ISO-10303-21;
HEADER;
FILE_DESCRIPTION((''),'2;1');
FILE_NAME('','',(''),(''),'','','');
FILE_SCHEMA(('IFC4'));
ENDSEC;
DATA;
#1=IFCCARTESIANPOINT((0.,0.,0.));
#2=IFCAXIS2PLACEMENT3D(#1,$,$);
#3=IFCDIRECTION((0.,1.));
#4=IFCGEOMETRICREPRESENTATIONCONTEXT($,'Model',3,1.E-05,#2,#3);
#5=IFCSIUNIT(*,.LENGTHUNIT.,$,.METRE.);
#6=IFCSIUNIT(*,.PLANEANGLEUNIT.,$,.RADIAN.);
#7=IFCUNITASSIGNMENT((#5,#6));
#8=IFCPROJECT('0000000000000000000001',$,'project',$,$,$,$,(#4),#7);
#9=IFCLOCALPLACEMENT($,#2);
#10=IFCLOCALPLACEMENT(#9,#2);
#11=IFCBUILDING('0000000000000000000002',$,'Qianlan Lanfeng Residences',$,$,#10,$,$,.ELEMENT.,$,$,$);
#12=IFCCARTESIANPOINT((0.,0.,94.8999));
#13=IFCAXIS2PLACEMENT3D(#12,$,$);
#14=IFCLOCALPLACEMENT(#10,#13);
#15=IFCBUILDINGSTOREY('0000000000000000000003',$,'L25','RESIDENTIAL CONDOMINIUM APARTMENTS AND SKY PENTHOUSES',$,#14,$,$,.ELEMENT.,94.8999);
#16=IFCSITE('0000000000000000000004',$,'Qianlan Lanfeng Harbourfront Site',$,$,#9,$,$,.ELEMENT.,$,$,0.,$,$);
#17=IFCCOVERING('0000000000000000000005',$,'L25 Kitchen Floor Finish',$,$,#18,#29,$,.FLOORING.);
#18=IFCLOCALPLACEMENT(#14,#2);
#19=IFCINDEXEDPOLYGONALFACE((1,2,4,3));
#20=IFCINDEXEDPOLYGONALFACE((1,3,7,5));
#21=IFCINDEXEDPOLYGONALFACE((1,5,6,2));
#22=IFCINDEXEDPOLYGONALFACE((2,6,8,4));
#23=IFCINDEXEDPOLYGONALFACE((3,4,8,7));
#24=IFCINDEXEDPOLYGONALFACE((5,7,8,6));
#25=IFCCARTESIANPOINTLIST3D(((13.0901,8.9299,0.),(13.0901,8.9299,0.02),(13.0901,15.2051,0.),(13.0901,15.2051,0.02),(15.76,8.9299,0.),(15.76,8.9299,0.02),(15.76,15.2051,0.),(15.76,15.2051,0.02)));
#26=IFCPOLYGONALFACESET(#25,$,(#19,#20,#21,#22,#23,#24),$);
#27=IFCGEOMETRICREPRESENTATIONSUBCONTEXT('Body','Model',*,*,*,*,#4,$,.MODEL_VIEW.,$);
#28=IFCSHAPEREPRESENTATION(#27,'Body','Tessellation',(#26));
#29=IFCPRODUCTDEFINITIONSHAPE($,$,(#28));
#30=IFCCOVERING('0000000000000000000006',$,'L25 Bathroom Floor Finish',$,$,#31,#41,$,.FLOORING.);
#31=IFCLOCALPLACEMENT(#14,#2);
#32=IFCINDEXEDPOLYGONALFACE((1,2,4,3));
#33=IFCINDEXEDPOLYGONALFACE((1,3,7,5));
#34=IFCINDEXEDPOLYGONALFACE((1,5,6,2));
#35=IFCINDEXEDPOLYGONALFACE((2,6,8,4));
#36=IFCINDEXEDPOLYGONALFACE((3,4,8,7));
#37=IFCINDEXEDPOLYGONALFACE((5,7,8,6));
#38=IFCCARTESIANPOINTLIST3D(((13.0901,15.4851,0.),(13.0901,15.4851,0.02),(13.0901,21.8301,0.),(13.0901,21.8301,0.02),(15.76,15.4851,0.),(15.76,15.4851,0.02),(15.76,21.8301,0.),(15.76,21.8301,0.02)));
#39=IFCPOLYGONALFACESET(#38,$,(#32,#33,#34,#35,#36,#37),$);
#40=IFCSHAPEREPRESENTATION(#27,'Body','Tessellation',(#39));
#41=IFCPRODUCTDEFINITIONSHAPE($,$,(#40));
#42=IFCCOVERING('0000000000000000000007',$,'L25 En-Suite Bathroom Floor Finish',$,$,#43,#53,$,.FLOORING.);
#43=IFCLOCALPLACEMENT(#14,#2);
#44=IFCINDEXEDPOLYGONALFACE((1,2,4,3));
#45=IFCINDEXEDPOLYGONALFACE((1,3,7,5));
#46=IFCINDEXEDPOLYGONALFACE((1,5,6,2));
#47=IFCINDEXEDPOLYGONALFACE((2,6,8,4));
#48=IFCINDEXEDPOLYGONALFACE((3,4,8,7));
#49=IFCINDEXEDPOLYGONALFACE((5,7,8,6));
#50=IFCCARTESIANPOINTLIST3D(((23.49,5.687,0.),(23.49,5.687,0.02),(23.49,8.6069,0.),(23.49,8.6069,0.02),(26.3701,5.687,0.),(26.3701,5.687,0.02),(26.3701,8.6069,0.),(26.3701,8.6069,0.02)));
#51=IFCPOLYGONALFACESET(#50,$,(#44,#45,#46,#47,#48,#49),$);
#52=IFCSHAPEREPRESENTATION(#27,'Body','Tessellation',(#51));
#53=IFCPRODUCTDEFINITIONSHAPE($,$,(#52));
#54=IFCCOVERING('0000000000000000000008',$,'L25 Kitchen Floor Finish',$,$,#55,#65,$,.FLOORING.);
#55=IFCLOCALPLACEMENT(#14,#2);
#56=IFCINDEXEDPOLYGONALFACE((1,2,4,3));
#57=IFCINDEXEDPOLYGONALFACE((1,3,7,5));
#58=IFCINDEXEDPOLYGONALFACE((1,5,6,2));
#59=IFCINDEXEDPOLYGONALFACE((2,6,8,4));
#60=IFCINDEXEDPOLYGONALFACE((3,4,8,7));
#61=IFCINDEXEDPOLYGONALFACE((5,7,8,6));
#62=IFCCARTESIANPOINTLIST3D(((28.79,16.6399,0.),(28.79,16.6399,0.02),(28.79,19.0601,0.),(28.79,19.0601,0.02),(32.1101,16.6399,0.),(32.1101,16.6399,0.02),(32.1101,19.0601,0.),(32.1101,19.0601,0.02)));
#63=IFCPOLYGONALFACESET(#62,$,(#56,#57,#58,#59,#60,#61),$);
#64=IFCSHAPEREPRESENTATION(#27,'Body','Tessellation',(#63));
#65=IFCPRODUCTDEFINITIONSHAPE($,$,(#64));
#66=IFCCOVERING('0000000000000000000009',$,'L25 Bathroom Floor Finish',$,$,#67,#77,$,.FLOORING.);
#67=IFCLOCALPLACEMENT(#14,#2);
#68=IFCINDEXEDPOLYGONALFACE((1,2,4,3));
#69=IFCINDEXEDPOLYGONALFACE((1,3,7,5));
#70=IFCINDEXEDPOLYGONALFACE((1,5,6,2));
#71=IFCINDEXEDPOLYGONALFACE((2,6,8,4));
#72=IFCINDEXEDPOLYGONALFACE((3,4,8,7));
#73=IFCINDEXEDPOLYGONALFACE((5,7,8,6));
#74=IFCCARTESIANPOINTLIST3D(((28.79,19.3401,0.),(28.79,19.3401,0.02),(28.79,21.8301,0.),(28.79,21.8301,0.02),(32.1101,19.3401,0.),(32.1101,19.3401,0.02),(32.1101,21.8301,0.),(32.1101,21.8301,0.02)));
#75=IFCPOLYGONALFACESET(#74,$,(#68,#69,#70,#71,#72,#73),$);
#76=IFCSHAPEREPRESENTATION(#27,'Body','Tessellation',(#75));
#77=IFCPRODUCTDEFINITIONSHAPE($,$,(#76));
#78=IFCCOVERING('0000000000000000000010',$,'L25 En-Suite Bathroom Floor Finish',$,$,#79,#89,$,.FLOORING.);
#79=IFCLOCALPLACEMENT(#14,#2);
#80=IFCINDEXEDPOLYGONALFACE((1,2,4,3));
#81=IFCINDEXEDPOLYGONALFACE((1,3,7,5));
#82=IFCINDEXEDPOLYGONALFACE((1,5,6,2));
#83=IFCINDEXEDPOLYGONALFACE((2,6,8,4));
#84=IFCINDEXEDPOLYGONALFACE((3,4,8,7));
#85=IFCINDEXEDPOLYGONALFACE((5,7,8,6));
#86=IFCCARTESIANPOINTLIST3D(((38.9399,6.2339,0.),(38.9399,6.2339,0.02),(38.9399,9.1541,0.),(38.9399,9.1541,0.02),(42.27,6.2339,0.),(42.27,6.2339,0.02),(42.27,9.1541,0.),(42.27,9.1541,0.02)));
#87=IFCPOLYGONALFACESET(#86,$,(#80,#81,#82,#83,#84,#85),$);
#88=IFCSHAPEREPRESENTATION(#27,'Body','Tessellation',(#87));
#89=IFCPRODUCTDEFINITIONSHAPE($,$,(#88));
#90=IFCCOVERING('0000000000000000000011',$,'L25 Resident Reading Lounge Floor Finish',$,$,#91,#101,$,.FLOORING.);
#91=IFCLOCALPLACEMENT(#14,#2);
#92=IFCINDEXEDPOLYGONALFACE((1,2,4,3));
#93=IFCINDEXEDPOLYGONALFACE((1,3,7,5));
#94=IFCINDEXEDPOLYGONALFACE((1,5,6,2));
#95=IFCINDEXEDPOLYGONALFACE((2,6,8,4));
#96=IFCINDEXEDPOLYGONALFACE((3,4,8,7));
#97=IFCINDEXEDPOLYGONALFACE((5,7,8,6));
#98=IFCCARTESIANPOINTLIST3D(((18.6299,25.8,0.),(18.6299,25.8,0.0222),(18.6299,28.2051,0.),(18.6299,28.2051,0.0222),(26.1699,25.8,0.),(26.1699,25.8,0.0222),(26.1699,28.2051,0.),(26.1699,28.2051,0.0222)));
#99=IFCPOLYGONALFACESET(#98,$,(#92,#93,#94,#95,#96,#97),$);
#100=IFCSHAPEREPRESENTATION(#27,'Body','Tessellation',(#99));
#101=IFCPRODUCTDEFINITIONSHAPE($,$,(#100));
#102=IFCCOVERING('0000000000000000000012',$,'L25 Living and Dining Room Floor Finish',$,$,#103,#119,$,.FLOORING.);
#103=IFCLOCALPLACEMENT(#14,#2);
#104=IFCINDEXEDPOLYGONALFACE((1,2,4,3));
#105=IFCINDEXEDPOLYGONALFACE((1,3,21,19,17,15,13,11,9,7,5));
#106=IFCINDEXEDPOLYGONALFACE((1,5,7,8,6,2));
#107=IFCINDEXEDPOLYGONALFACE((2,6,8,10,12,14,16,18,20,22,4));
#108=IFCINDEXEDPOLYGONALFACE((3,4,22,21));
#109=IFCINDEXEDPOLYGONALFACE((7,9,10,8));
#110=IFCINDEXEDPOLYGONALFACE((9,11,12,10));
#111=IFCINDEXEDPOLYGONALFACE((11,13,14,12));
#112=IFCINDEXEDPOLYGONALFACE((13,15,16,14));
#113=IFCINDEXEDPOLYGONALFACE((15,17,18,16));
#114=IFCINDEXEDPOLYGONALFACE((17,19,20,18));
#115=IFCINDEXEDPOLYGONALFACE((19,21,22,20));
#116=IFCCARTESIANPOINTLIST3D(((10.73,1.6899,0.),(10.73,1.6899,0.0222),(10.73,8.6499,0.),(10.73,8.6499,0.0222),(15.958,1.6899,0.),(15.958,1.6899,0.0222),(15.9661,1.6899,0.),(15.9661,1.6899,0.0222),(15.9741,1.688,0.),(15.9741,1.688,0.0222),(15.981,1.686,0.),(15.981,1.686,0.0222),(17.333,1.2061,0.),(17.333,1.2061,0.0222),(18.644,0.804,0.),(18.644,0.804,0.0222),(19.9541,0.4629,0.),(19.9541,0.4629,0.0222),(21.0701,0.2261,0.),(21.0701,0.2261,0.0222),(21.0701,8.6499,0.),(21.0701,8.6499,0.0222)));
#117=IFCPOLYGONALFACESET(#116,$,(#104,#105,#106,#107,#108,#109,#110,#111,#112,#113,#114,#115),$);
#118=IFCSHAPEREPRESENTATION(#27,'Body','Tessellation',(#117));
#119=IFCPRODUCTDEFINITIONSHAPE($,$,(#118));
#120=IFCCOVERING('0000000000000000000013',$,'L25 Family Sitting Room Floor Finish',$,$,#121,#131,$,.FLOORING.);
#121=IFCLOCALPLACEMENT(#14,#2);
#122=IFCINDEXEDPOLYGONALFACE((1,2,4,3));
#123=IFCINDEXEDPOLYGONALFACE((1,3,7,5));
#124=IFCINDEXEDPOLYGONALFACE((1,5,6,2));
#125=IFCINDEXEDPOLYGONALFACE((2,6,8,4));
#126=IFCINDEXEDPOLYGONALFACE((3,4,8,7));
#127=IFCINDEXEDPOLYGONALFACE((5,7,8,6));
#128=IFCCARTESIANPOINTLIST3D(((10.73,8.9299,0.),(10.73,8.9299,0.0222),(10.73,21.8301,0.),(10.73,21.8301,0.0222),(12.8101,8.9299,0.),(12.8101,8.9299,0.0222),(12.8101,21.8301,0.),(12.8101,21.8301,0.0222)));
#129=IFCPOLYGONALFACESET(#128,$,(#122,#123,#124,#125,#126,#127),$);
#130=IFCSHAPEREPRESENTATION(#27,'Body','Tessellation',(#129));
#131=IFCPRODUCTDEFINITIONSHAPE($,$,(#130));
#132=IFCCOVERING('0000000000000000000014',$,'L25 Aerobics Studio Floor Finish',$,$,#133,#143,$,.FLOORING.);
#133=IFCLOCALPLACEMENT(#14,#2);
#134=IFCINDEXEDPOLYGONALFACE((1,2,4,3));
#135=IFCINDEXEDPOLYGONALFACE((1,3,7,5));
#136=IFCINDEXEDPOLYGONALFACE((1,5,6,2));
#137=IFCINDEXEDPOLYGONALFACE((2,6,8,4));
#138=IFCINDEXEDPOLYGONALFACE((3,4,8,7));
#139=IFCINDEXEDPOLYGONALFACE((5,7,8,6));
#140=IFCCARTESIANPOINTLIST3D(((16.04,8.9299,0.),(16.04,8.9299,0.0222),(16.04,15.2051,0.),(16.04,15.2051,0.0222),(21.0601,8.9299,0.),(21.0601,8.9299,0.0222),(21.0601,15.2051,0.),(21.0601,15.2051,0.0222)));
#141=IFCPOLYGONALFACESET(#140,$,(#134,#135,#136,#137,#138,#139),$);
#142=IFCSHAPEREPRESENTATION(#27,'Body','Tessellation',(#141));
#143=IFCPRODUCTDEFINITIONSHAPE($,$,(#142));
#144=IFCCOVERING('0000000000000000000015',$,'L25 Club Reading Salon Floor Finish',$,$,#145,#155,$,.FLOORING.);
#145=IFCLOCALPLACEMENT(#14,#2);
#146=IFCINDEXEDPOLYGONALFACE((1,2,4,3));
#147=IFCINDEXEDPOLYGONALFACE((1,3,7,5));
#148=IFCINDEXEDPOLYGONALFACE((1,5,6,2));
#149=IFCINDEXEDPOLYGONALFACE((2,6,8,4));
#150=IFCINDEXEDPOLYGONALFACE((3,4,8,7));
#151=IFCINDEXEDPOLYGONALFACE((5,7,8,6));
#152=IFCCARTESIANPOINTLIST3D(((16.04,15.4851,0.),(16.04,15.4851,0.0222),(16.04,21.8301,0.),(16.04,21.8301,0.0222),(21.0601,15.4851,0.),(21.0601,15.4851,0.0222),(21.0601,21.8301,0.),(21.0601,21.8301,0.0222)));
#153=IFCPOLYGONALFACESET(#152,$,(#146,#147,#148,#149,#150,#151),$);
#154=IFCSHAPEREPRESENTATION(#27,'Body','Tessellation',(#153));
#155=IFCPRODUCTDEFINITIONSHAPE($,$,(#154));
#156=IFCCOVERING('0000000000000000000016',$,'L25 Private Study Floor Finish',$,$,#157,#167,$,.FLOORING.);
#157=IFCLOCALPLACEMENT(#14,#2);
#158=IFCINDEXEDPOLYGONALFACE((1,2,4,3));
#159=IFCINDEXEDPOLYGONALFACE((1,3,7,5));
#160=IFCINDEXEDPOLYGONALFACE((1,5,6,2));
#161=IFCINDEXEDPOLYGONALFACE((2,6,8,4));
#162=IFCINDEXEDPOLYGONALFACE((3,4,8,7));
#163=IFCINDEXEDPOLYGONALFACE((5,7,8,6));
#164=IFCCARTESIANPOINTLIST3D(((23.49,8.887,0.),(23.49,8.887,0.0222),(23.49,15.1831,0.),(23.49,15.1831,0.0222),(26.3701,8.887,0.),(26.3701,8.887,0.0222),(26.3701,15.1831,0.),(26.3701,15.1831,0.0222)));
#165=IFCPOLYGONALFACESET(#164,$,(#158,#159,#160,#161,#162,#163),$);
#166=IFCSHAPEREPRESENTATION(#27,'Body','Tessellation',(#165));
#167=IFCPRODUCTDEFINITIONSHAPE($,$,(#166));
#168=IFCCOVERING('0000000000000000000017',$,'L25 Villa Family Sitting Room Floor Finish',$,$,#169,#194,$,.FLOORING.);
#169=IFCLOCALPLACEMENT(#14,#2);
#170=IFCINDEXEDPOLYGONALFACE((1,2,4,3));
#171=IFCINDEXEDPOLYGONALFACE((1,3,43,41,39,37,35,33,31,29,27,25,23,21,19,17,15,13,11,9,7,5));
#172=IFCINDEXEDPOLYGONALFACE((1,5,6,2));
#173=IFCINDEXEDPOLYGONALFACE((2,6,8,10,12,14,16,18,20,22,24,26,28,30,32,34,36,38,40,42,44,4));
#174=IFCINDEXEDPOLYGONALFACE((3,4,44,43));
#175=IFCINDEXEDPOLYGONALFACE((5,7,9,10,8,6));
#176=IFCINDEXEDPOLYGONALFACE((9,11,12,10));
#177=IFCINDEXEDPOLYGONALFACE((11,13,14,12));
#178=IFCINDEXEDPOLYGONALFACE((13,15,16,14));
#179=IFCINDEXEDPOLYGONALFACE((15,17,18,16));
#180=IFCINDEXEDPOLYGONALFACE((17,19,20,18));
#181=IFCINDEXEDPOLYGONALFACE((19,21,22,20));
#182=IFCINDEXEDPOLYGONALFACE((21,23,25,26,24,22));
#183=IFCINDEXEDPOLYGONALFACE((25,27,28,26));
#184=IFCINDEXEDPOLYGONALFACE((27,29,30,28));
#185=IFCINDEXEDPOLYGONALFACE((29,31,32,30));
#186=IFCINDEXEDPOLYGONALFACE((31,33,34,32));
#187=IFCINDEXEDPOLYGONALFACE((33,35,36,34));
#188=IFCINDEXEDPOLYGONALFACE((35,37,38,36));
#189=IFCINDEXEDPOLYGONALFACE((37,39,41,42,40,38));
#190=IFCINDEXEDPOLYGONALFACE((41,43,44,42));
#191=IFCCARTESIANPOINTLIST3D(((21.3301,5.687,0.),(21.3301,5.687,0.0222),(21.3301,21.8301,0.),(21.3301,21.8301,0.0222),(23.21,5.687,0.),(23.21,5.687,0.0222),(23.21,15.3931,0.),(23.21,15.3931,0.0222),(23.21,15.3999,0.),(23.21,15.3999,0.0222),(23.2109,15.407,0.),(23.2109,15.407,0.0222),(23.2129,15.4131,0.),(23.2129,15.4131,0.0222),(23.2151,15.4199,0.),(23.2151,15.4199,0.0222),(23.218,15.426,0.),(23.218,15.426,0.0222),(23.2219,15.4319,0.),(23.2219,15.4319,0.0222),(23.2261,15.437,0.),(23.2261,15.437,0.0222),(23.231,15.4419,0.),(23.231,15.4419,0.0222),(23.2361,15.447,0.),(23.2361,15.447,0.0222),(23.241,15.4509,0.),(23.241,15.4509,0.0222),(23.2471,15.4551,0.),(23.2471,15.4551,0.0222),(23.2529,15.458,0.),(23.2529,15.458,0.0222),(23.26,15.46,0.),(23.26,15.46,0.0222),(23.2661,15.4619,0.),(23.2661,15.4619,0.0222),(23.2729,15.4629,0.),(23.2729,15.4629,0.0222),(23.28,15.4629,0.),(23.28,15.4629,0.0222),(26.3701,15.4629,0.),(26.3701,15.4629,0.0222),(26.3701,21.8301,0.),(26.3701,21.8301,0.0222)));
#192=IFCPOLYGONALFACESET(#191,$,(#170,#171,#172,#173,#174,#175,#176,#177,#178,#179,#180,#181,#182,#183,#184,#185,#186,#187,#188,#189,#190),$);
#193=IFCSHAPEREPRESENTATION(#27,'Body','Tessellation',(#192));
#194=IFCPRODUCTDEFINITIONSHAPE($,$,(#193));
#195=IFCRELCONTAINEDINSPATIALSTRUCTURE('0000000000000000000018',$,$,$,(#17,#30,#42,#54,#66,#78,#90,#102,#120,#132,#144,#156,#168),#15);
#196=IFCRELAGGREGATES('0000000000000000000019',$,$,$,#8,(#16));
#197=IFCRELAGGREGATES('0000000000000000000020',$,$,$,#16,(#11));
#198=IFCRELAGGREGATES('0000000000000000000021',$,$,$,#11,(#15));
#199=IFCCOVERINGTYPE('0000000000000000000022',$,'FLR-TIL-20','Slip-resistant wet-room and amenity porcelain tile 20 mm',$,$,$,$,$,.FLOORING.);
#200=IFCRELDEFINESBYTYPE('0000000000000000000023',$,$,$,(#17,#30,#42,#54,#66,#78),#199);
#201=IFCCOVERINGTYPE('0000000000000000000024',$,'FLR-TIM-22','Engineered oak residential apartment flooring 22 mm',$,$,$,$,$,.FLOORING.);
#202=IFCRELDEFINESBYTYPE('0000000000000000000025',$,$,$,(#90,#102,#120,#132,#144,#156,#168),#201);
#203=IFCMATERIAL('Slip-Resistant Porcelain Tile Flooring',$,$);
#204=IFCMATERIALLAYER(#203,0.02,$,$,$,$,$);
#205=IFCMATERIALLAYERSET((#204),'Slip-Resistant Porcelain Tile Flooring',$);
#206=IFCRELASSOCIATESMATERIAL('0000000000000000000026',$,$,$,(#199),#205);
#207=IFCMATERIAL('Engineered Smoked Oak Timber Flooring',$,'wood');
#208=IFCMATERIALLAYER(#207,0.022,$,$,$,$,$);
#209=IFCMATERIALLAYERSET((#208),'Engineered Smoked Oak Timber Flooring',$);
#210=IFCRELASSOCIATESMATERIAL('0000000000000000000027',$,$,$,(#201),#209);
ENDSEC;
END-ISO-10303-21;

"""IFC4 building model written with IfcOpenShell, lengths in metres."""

from ifc_helpers import new_model, si_unit, direction, frame, origin, place, context, subcontext, project, spatial, polyline, outline, extrude, material, layer, layer_set, type_object, element, save


model = new_model("IFC4")

# Units and contexts
model_context = context("Model", 3, precision=1e-05, world=origin(), true_north=direction((0.0, 1.0)))
body_context = subcontext(model_context, "Body", "Model", "MODEL_VIEW")
ifc_project = project(units=[si_unit("LENGTHUNIT", "METRE"), si_unit("PLANEANGLEUNIT", "RADIAN")], contexts=[model_context])

# Site, building, storey
site_placement = place(None, origin())
site = spatial("IfcSite", under=ifc_project, at=site_placement, Name="Qianlan Lanfeng Harbourfront Site", CompositionType="ELEMENT", RefElevation=0.0)
building_placement = place(site_placement, origin())
building = spatial("IfcBuilding", under=site, at=building_placement, Name="Qianlan Lanfeng Residences", CompositionType="ELEMENT")
storey_placement = place(building_placement, frame((0.0, 0.0, 94.8999)))
storey = spatial("IfcBuildingStorey", under=building, at=storey_placement, Name="L25", Description="RESIDENTIAL CONDOMINIUM APARTMENTS AND SKY PENTHOUSES", CompositionType="ELEMENT", Elevation=94.8999)

# Coverings
ifc_material_1 = material(Name="Slip-Resistant Porcelain Tile Flooring")
ifc_layer_1 = layer(ifc_material_1, 0.02)
ifc_layer_set_1 = layer_set([ifc_layer_1], Name="Slip-Resistant Porcelain Tile Flooring")
covering_type_1 = type_object("IfcCoveringType", Name="FLR-TIL-20", Description="Slip-resistant wet-room and amenity porcelain tile 20 mm", PredefinedType="FLOORING", material=ifc_layer_set_1)
covering_1_placement = place(storey_placement, origin())
element("IfcCovering", 1, at=covering_1_placement, inside=storey, type_object=covering_type_1, Name="L25 Kitchen Floor Finish", PredefinedType="FLOORING", context=body_context, shape_type="SweptSolid", body=[
    extrude(outline(polyline([(13.0901, 8.9299), (15.76, 8.9299), (15.76, 15.2051), (13.0901, 15.2051), (13.0901, 8.9299)])), origin(), (0.0, 0.0, 1.0), 0.02),
])
covering_2_placement = place(storey_placement, origin())
element("IfcCovering", 2, at=covering_2_placement, inside=storey, type_object=covering_type_1, Name="L25 Bathroom Floor Finish", PredefinedType="FLOORING", context=body_context, shape_type="SweptSolid", body=[
    extrude(outline(polyline([(13.0901, 15.4851), (15.76, 15.4851), (15.76, 21.8301), (13.0901, 21.8301), (13.0901, 15.4851)])), origin(), (0.0, 0.0, 1.0), 0.02),
])
covering_3_placement = place(storey_placement, origin())
element("IfcCovering", 3, at=covering_3_placement, inside=storey, type_object=covering_type_1, Name="L25 En-Suite Bathroom Floor Finish", PredefinedType="FLOORING", context=body_context, shape_type="SweptSolid", body=[
    extrude(outline(polyline([(23.49, 5.687), (26.3701, 5.687), (26.3701, 8.6069), (23.49, 8.6069), (23.49, 5.687)])), origin(), (0.0, 0.0, 1.0), 0.02),
])
covering_4_placement = place(storey_placement, origin())
element("IfcCovering", 4, at=covering_4_placement, inside=storey, type_object=covering_type_1, Name="L25 Kitchen Floor Finish", PredefinedType="FLOORING", context=body_context, shape_type="SweptSolid", body=[
    extrude(outline(polyline([(28.79, 16.6399), (32.1101, 16.6399), (32.1101, 19.0601), (28.79, 19.0601), (28.79, 16.6399)])), origin(), (0.0, 0.0, 1.0), 0.02),
])
covering_5_placement = place(storey_placement, origin())
element("IfcCovering", 5, at=covering_5_placement, inside=storey, type_object=covering_type_1, Name="L25 Bathroom Floor Finish", PredefinedType="FLOORING", context=body_context, shape_type="SweptSolid", body=[
    extrude(outline(polyline([(28.79, 19.3401), (32.1101, 19.3401), (32.1101, 21.8301), (28.79, 21.8301), (28.79, 19.3401)])), origin(), (0.0, 0.0, 1.0), 0.02),
])
covering_6_placement = place(storey_placement, origin())
element("IfcCovering", 6, at=covering_6_placement, inside=storey, type_object=covering_type_1, Name="L25 En-Suite Bathroom Floor Finish", PredefinedType="FLOORING", context=body_context, shape_type="SweptSolid", body=[
    extrude(outline(polyline([(38.9399, 6.2339), (42.27, 6.2339), (42.27, 9.1541), (38.9399, 9.1541), (38.9399, 6.2339)])), origin(), (0.0, 0.0, 1.0), 0.02),
])
ifc_material_2 = material(Name="Engineered Smoked Oak Timber Flooring", Category="wood")
ifc_layer_2 = layer(ifc_material_2, 0.022)
ifc_layer_set_2 = layer_set([ifc_layer_2], Name="Engineered Smoked Oak Timber Flooring")
covering_type_2 = type_object("IfcCoveringType", Name="FLR-TIM-22", Description="Engineered oak residential apartment flooring 22 mm", PredefinedType="FLOORING", material=ifc_layer_set_2)
covering_7_placement = place(storey_placement, origin())
element("IfcCovering", 7, at=covering_7_placement, inside=storey, type_object=covering_type_2, Name="L25 Resident Reading Lounge Floor Finish", PredefinedType="FLOORING", context=body_context, shape_type="SweptSolid", body=[
    extrude(outline(polyline([(18.6299, 25.8), (26.1699, 25.8), (26.1699, 28.2051), (18.6299, 28.2051), (18.6299, 25.8)])), origin(), (0.0, 0.0, 1.0), 0.0222),
])
covering_8_placement = place(storey_placement, origin())
element("IfcCovering", 8, at=covering_8_placement, inside=storey, type_object=covering_type_2, Name="L25 Living and Dining Room Floor Finish", PredefinedType="FLOORING", context=body_context, shape_type="SweptSolid", body=[
    extrude(outline(polyline([(10.73, 8.6499), (10.73, 1.6899), (15.958, 1.6899), (15.9661, 1.6899), (15.9741, 1.688), (15.981, 1.686), (17.333, 1.2061), (18.644, 0.804), (19.9541, 0.4629), (21.0701, 0.2261), (21.0701, 8.6499), (10.73, 8.6499)])), origin(), (0.0, 0.0, 1.0), 0.0222),
])
covering_9_placement = place(storey_placement, origin())
element("IfcCovering", 9, at=covering_9_placement, inside=storey, type_object=covering_type_2, Name="L25 Family Sitting Room Floor Finish", PredefinedType="FLOORING", context=body_context, shape_type="SweptSolid", body=[
    extrude(outline(polyline([(10.73, 8.9299), (12.8101, 8.9299), (12.8101, 21.8301), (10.73, 21.8301), (10.73, 8.9299)])), origin(), (0.0, 0.0, 1.0), 0.0222),
])
covering_10_placement = place(storey_placement, origin())
element("IfcCovering", 10, at=covering_10_placement, inside=storey, type_object=covering_type_2, Name="L25 Aerobics Studio Floor Finish", PredefinedType="FLOORING", context=body_context, shape_type="SweptSolid", body=[
    extrude(outline(polyline([(16.04, 8.9299), (21.0601, 8.9299), (21.0601, 15.2051), (16.04, 15.2051), (16.04, 8.9299)])), origin(), (0.0, 0.0, 1.0), 0.0222),
])
covering_11_placement = place(storey_placement, origin())
element("IfcCovering", 11, at=covering_11_placement, inside=storey, type_object=covering_type_2, Name="L25 Club Reading Salon Floor Finish", PredefinedType="FLOORING", context=body_context, shape_type="SweptSolid", body=[
    extrude(outline(polyline([(16.04, 15.4851), (21.0601, 15.4851), (21.0601, 21.8301), (16.04, 21.8301), (16.04, 15.4851)])), origin(), (0.0, 0.0, 1.0), 0.0222),
])
covering_12_placement = place(storey_placement, origin())
element("IfcCovering", 12, at=covering_12_placement, inside=storey, type_object=covering_type_2, Name="L25 Private Study Floor Finish", PredefinedType="FLOORING", context=body_context, shape_type="SweptSolid", body=[
    extrude(outline(polyline([(23.49, 8.887), (26.3701, 8.887), (26.3701, 15.1831), (23.49, 15.1831), (23.49, 8.887)])), origin(), (0.0, 0.0, 1.0), 0.0222),
])
covering_13_placement = place(storey_placement, origin())
element("IfcCovering", 13, at=covering_13_placement, inside=storey, type_object=covering_type_2, Name="L25 Villa Family Sitting Room Floor Finish", PredefinedType="FLOORING", context=body_context, shape_type="SweptSolid", body=[
    extrude(outline(polyline([(21.3301, 5.687), (23.21, 5.687), (23.21, 15.3931), (23.21, 15.3999), (23.2109, 15.407), (23.2129, 15.4131), (23.2151, 15.4199), (23.218, 15.426), (23.2219, 15.4319), (23.2261, 15.437), (23.231, 15.4419), (23.2361, 15.447), (23.241, 15.4509), (23.2471, 15.4551), (23.2529, 15.458), (23.26, 15.46), (23.2661, 15.4619), (23.2729, 15.4629), (23.28, 15.4629), (26.3701, 15.4629), (26.3701, 21.8301), (21.3301, 21.8301), (21.3301, 5.687)])), origin(), (0.0, 0.0, 1.0), 0.0222),
])

save(model, "model.ifc")
